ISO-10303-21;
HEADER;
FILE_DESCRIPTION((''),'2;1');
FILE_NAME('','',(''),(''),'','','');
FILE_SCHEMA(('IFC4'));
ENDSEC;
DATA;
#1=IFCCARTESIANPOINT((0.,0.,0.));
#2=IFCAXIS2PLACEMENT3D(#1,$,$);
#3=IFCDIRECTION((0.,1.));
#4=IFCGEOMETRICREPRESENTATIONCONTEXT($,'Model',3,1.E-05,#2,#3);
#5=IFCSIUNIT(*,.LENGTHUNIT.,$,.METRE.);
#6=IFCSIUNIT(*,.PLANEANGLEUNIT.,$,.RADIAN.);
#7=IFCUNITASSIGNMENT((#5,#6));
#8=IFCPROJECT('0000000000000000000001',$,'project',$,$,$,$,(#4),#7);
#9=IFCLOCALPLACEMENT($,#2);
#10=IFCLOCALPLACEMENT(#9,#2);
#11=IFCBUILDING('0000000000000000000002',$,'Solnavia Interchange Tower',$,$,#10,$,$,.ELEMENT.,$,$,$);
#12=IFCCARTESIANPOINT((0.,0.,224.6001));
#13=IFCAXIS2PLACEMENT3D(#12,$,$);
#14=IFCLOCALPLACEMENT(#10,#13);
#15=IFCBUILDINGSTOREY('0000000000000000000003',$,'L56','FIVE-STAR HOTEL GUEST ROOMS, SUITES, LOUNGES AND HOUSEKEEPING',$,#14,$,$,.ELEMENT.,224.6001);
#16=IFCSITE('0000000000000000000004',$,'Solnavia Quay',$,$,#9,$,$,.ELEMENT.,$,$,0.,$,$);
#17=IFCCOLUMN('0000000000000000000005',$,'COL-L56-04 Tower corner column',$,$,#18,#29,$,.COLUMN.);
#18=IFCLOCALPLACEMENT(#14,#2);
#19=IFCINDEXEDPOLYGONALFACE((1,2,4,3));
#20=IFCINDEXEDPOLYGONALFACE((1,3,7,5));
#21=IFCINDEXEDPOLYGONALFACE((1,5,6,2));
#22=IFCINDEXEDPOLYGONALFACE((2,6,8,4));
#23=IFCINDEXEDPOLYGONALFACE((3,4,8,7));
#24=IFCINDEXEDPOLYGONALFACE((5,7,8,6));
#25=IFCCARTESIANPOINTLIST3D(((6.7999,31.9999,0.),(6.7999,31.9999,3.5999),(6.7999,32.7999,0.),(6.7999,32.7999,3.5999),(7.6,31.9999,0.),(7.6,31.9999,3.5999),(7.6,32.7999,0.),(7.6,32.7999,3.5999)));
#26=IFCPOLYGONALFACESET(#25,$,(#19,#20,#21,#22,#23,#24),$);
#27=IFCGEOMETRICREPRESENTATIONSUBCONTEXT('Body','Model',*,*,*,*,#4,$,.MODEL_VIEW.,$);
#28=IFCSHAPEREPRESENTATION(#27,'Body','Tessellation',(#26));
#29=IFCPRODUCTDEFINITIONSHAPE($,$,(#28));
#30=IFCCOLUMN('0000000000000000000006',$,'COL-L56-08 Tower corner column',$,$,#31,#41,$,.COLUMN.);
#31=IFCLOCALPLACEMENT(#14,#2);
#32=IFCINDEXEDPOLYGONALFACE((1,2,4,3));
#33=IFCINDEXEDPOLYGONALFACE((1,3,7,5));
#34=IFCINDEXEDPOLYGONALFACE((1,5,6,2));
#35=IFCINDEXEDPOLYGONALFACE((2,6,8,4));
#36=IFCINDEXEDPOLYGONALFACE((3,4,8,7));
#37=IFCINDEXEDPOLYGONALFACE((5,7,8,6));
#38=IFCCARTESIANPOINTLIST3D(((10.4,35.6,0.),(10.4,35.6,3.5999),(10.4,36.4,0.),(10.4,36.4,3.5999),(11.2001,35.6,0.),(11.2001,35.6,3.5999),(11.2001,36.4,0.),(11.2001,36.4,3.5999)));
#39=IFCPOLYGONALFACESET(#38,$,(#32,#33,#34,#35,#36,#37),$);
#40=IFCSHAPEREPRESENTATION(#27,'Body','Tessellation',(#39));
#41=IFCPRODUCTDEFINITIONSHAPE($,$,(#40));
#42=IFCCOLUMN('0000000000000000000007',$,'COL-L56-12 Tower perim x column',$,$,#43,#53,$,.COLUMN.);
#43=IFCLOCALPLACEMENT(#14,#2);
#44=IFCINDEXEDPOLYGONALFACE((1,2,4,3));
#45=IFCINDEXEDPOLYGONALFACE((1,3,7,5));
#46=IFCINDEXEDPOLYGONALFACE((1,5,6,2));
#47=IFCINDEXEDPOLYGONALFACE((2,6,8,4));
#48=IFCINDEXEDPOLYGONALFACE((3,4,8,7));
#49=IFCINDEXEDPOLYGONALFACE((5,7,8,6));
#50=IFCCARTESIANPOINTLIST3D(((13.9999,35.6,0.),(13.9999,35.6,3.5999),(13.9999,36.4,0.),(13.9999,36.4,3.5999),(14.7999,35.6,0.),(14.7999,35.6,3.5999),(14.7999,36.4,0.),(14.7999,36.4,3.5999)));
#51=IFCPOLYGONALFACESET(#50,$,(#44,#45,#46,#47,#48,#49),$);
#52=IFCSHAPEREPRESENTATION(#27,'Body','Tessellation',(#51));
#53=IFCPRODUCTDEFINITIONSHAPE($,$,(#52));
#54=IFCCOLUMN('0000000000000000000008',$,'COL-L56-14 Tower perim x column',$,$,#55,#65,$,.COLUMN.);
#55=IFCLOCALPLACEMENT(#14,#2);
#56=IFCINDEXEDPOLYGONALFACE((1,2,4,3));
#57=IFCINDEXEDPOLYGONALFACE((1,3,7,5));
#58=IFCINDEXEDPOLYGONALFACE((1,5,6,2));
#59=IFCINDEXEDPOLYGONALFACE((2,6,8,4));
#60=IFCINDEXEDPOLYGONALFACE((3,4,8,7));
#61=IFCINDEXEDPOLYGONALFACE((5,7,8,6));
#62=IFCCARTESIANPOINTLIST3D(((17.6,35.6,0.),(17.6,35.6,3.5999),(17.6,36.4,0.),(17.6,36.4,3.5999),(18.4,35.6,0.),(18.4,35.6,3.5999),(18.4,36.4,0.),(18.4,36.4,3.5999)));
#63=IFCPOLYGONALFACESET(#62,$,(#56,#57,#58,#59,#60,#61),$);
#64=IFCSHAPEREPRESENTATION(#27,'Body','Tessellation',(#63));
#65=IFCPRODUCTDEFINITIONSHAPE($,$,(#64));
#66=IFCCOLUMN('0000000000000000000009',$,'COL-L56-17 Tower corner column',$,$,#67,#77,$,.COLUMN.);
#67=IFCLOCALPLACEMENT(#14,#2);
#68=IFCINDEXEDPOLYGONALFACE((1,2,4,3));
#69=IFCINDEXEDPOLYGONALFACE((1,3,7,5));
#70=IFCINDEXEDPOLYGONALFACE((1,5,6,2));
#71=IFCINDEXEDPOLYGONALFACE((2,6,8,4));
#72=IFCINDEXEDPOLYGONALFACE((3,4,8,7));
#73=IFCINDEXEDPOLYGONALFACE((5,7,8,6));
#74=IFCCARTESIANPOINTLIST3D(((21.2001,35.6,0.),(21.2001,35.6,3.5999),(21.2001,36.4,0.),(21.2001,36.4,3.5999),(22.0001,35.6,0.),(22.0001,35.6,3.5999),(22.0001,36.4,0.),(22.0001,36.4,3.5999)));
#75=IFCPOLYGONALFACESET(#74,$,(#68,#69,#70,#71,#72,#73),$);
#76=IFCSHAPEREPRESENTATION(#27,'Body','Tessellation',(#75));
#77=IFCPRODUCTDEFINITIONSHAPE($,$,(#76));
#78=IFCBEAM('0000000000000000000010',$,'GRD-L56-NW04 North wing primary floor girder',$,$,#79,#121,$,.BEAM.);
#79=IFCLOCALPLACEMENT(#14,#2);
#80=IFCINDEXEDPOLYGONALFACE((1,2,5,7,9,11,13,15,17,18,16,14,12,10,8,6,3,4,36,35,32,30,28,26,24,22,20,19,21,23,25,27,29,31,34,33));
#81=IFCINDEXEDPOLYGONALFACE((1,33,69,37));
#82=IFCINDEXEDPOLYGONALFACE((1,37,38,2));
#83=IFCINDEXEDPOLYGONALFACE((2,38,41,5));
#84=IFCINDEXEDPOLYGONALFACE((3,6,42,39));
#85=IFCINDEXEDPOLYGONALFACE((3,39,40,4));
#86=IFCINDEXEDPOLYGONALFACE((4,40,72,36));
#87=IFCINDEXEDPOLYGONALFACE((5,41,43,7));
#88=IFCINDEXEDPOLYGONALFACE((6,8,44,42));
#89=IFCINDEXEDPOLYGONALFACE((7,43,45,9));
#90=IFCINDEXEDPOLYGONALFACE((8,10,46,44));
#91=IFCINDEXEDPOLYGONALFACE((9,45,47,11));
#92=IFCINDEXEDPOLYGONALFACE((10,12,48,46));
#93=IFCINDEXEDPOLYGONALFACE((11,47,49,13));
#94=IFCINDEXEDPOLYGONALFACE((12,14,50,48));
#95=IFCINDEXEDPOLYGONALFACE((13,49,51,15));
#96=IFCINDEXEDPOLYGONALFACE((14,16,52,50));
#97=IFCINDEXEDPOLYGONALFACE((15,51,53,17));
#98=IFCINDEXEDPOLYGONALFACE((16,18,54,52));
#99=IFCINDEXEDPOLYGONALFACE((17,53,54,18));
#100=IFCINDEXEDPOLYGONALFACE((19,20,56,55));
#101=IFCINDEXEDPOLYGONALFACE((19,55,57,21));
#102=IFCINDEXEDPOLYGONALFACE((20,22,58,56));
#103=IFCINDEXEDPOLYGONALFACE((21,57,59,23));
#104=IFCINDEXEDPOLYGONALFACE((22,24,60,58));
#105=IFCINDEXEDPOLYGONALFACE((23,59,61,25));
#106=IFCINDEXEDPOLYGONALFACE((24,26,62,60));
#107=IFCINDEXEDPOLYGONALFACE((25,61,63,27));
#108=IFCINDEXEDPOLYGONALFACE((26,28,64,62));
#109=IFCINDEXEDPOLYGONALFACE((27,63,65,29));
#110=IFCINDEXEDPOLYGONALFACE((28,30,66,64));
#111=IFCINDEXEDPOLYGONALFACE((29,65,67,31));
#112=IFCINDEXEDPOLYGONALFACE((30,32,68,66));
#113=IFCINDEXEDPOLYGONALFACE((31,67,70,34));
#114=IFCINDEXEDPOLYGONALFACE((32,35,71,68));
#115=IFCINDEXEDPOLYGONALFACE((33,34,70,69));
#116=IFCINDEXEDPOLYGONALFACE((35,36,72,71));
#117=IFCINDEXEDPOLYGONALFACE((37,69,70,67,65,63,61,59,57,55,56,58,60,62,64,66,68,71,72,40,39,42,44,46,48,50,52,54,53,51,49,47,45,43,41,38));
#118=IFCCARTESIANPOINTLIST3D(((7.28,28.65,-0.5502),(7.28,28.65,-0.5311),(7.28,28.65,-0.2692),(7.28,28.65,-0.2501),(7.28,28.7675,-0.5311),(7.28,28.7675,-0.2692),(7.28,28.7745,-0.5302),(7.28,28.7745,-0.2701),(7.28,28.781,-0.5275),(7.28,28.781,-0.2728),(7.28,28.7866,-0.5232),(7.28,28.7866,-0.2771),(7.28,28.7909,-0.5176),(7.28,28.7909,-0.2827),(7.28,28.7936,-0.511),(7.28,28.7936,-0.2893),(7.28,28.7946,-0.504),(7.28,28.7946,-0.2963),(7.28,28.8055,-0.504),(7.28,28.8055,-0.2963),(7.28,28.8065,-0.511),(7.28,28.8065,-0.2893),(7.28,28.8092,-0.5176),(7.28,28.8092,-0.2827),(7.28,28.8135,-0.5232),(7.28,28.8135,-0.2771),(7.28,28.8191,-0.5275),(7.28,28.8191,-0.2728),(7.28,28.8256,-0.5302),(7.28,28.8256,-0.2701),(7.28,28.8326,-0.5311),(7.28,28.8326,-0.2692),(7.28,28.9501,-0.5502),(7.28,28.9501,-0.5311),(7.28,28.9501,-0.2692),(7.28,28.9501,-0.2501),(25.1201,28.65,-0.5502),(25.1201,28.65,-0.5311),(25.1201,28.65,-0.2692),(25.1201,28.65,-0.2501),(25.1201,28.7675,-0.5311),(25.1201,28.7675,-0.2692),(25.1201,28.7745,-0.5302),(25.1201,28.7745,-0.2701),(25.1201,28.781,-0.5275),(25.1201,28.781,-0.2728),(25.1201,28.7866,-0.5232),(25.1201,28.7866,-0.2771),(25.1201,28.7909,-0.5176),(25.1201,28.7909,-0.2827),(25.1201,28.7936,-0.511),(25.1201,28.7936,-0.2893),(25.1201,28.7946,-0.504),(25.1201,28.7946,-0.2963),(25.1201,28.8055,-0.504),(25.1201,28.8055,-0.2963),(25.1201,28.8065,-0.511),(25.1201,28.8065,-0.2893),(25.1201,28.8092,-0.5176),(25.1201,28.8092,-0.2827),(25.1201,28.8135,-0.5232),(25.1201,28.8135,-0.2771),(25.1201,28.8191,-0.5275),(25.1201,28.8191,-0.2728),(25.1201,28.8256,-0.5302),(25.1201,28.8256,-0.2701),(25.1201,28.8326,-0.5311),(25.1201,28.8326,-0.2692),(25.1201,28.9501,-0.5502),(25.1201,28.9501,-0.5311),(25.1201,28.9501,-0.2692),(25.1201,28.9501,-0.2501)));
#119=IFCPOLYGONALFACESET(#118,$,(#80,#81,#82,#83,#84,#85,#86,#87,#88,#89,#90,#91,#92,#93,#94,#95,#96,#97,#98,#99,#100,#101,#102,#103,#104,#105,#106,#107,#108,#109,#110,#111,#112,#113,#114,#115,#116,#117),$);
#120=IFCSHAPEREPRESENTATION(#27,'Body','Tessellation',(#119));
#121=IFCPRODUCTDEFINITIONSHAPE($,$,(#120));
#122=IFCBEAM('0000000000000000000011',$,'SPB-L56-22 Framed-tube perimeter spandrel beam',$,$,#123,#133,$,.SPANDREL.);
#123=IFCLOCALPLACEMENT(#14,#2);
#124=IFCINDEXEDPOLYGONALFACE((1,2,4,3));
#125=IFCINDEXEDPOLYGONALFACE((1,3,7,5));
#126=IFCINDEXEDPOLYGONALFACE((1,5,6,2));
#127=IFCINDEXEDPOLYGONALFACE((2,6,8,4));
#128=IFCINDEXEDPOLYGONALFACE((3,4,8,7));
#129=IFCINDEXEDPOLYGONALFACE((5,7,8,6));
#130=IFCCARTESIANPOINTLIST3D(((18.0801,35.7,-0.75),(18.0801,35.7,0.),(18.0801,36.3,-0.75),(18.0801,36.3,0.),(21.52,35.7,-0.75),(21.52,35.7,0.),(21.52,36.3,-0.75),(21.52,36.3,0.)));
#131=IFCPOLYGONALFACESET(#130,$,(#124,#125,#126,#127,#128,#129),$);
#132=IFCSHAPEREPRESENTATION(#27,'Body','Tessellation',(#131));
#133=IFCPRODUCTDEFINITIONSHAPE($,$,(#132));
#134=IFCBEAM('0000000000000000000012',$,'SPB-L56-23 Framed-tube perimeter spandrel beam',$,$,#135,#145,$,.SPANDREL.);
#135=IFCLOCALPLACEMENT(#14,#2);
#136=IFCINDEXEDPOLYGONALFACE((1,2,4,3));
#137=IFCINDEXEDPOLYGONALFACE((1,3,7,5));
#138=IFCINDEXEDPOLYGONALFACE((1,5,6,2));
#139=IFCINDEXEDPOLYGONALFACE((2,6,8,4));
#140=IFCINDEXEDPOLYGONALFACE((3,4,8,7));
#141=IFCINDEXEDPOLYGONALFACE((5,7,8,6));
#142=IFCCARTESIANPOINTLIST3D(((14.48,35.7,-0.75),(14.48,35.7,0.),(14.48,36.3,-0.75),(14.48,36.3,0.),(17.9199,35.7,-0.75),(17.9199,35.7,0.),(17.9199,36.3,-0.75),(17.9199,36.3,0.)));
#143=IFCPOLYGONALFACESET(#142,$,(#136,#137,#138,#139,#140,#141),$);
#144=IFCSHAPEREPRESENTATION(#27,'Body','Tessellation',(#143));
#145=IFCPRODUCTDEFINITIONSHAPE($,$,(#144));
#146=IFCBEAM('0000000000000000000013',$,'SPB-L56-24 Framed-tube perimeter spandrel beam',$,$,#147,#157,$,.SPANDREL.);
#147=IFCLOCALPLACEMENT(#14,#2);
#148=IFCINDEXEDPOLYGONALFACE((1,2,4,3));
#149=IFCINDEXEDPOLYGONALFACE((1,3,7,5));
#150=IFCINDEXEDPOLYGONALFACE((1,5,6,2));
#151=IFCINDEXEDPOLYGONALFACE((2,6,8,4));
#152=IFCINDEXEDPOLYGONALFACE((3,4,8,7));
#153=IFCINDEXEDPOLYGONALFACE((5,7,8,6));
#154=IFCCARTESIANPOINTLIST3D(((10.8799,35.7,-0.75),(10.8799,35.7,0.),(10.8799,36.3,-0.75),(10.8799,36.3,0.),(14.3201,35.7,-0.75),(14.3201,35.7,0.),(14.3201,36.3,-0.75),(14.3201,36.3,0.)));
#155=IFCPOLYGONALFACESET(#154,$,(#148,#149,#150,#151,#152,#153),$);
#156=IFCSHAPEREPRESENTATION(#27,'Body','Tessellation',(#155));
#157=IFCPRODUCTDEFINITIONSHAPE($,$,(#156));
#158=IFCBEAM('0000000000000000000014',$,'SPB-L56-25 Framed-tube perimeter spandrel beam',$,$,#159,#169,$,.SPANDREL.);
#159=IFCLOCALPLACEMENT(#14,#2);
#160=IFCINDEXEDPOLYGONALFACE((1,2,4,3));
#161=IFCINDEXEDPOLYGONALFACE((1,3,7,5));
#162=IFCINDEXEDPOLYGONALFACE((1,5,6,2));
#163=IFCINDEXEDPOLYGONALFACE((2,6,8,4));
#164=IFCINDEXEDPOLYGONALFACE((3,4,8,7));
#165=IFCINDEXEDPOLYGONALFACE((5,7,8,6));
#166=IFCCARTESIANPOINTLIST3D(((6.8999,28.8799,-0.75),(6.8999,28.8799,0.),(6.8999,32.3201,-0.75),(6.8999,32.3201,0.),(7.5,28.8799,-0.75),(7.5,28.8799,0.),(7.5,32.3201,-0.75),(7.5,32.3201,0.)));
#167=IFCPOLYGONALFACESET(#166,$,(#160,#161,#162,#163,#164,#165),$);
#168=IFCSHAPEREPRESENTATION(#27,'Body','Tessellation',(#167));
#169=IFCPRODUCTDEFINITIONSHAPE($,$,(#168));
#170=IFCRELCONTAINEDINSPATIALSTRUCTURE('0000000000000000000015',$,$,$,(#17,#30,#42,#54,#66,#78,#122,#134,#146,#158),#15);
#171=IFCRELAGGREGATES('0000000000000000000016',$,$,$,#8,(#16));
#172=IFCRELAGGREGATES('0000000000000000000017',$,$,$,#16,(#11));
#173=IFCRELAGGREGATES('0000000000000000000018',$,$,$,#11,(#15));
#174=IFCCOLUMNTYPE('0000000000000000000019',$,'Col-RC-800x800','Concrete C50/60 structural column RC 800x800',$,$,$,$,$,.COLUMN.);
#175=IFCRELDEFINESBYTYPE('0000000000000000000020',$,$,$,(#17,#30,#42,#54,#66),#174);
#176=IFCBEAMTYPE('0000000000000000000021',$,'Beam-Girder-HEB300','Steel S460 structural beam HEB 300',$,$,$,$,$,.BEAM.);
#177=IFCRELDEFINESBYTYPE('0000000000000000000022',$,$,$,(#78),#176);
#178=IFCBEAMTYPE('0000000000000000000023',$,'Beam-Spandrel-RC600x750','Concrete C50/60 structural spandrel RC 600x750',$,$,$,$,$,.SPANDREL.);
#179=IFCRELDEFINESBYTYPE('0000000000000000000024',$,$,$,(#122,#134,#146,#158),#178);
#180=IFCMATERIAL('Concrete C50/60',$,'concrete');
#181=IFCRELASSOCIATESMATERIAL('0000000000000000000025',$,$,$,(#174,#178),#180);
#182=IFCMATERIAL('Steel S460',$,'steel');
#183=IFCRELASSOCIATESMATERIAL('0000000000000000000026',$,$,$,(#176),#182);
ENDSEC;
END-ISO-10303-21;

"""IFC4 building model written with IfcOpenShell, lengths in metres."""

from ifc_helpers import new_model, si_unit, direction, frame, origin, origin_2d, place, context, subcontext, project, spatial, rectangle, i_section, extrude, material, material_profile, profile_set, type_object, element, save


model = new_model("IFC4")

# Units and contexts
model_context = context("Model", 3, precision=1e-05, world=origin(), true_north=direction((0.0, 1.0)))
body_context = subcontext(model_context, "Body", "Model", "MODEL_VIEW")
ifc_project = project(units=[si_unit("LENGTHUNIT", "METRE"), si_unit("PLANEANGLEUNIT", "RADIAN")], contexts=[model_context])

# Site, building, storey
site_placement = place(None, origin())
site = spatial("IfcSite", under=ifc_project, at=site_placement, Name="Solnavia Quay", CompositionType="ELEMENT", RefElevation=0.0)
building_placement = place(site_placement, origin())
building = spatial("IfcBuilding", under=site, at=building_placement, Name="Solnavia Interchange Tower", CompositionType="ELEMENT")
storey_placement = place(building_placement, frame((0.0, 0.0, 224.6001)))
storey = spatial("IfcBuildingStorey", under=building, at=storey_placement, Name="L56", Description="FIVE-STAR HOTEL GUEST ROOMS, SUITES, LOUNGES AND HOUSEKEEPING", CompositionType="ELEMENT", Elevation=224.6001)

# Columns
ifc_material_1 = material(Name="Concrete C50/60", Category="concrete")
ifc_material_profile_1 = material_profile(ifc_material_1, rectangle(XDim=0.8, YDim=0.8, at=origin_2d()), Name="RC 800x800")
ifc_profile_set_1 = profile_set([ifc_material_profile_1], Name="Concrete C50/60")
column_type = type_object("IfcColumnType", Name="Col-RC-800x800", Description="Concrete C50/60 structural column RC 800x800", PredefinedType="COLUMN", material=ifc_profile_set_1)
for number, where, z_axis, x_axis, name in (
    (1, (7.2, 32.3999, 0.0), (0.0, 0.0, 1.0), (0.0, 1.0, 0.0), "COL-L56-04 Tower corner column"),
    (2, (10.8, 36.0, 0.0), (0.0, 0.0, 1.0), (1.0, 0.0, 0.0), "COL-L56-08 Tower corner column"),
    (3, (14.3999, 36.0, 0.0), (0.0, 0.0, 1.0), (1.0, 0.0, 0.0), "COL-L56-12 Tower perim x column"),
    (4, (18.0, 36.0, 0.0), (0.0, 0.0, 1.0), (1.0, 0.0, 0.0), "COL-L56-14 Tower perim x column"),
    (5, (21.6001, 36.0, 0.0), (0.0, 0.0, 1.0), (1.0, 0.0, 0.0), "COL-L56-17 Tower corner column"),
):
    element("IfcColumn", number, at=place(storey_placement, frame(where, z_axis=z_axis, x_axis=x_axis)), inside=storey, type_object=column_type, Name=name, PredefinedType="COLUMN", context=body_context, shape_type="SweptSolid", body=[
        extrude(rectangle(XDim=0.8, YDim=0.8, at=origin_2d()), origin(), (0.0, 0.0, 1.0), 3.5999),
    ])

# Beams
ifc_material_2 = material(Name="Steel S460", Category="steel")
ifc_material_profile_2 = material_profile(ifc_material_2, i_section(OverallWidth=0.3, OverallDepth=0.3, WebThickness=0.011, FlangeThickness=0.019, FilletRadius=0.0271, at=origin_2d()), Name="HEB 300")
ifc_profile_set_2 = profile_set([ifc_material_profile_2], Name="Steel S460")
beam_type_1 = type_object("IfcBeamType", Name="Beam-Girder-HEB300", Description="Steel S460 structural beam HEB 300", PredefinedType="BEAM", material=ifc_profile_set_2)
beam_placement = place(storey_placement, frame((7.28, 28.8, -0.4001), z_axis=(1.0, 0.0, 0.0), x_axis=(0.0, 1.0, 0.0)))
element("IfcBeam", 6, at=beam_placement, inside=storey, type_object=beam_type_1, Name="GRD-L56-NW04 North wing primary floor girder", PredefinedType="BEAM", context=body_context, shape_type="SweptSolid", body=[
    extrude(i_section(OverallWidth=0.3, OverallDepth=0.3, WebThickness=0.011, FlangeThickness=0.019, FilletRadius=0.0271, at=origin_2d()), origin(), (0.0, 0.0, 1.0), 17.8401),
])
ifc_material_profile_3 = material_profile(ifc_material_1, rectangle(XDim=0.6001, YDim=0.75, at=origin_2d()), Name="RC 600x750")
ifc_profile_set_3 = profile_set([ifc_material_profile_3], Name="Concrete C50/60")
beam_type_2 = type_object("IfcBeamType", Name="Beam-Spandrel-RC600x750", Description="Concrete C50/60 structural spandrel RC 600x750", PredefinedType="SPANDREL", material=ifc_profile_set_3)
for number, where, z_axis, x_axis, name in (
    (7, (21.52, 36.0, -0.375), (-1.0, 0.0, 0.0), (0.0, -1.0, 0.0), "SPB-L56-22 Framed-tube perimeter spandrel beam"),
    (8, (17.9199, 36.0, -0.375), (-1.0, 0.0, 0.0), (0.0, -1.0, 0.0), "SPB-L56-23 Framed-tube perimeter spandrel beam"),
):
    element("IfcBeam", number, at=place(storey_placement, frame(where, z_axis=z_axis, x_axis=x_axis)), inside=storey, type_object=beam_type_2, Name=name, PredefinedType="SPANDREL", context=body_context, shape_type="SweptSolid", body=[
        extrude(rectangle(XDim=0.6001, YDim=0.75, at=origin_2d()), origin(), (0.0, 0.0, 1.0), 3.4399),
    ])
for number, where, z_axis, x_axis, name in (
    (9, (14.3201, 36.0, -0.375), (-1.0, 0.0, 0.0), (0.0, -1.0, 0.0), "SPB-L56-24 Framed-tube perimeter spandrel beam"),
    (10, (7.2, 32.3201, -0.375), (0.0, -1.0, 0.0), (1.0, 0.0, 0.0), "SPB-L56-25 Framed-tube perimeter spandrel beam"),
):
    element("IfcBeam", number, at=place(storey_placement, frame(where, z_axis=z_axis, x_axis=x_axis)), inside=storey, type_object=beam_type_2, Name=name, PredefinedType="SPANDREL", context=body_context, shape_type="SweptSolid", body=[
        extrude(rectangle(XDim=0.6001, YDim=0.75, at=origin_2d()), origin(), (0.0, 0.0, 1.0), 3.4402),
    ])

save(model, "model.ifc")
